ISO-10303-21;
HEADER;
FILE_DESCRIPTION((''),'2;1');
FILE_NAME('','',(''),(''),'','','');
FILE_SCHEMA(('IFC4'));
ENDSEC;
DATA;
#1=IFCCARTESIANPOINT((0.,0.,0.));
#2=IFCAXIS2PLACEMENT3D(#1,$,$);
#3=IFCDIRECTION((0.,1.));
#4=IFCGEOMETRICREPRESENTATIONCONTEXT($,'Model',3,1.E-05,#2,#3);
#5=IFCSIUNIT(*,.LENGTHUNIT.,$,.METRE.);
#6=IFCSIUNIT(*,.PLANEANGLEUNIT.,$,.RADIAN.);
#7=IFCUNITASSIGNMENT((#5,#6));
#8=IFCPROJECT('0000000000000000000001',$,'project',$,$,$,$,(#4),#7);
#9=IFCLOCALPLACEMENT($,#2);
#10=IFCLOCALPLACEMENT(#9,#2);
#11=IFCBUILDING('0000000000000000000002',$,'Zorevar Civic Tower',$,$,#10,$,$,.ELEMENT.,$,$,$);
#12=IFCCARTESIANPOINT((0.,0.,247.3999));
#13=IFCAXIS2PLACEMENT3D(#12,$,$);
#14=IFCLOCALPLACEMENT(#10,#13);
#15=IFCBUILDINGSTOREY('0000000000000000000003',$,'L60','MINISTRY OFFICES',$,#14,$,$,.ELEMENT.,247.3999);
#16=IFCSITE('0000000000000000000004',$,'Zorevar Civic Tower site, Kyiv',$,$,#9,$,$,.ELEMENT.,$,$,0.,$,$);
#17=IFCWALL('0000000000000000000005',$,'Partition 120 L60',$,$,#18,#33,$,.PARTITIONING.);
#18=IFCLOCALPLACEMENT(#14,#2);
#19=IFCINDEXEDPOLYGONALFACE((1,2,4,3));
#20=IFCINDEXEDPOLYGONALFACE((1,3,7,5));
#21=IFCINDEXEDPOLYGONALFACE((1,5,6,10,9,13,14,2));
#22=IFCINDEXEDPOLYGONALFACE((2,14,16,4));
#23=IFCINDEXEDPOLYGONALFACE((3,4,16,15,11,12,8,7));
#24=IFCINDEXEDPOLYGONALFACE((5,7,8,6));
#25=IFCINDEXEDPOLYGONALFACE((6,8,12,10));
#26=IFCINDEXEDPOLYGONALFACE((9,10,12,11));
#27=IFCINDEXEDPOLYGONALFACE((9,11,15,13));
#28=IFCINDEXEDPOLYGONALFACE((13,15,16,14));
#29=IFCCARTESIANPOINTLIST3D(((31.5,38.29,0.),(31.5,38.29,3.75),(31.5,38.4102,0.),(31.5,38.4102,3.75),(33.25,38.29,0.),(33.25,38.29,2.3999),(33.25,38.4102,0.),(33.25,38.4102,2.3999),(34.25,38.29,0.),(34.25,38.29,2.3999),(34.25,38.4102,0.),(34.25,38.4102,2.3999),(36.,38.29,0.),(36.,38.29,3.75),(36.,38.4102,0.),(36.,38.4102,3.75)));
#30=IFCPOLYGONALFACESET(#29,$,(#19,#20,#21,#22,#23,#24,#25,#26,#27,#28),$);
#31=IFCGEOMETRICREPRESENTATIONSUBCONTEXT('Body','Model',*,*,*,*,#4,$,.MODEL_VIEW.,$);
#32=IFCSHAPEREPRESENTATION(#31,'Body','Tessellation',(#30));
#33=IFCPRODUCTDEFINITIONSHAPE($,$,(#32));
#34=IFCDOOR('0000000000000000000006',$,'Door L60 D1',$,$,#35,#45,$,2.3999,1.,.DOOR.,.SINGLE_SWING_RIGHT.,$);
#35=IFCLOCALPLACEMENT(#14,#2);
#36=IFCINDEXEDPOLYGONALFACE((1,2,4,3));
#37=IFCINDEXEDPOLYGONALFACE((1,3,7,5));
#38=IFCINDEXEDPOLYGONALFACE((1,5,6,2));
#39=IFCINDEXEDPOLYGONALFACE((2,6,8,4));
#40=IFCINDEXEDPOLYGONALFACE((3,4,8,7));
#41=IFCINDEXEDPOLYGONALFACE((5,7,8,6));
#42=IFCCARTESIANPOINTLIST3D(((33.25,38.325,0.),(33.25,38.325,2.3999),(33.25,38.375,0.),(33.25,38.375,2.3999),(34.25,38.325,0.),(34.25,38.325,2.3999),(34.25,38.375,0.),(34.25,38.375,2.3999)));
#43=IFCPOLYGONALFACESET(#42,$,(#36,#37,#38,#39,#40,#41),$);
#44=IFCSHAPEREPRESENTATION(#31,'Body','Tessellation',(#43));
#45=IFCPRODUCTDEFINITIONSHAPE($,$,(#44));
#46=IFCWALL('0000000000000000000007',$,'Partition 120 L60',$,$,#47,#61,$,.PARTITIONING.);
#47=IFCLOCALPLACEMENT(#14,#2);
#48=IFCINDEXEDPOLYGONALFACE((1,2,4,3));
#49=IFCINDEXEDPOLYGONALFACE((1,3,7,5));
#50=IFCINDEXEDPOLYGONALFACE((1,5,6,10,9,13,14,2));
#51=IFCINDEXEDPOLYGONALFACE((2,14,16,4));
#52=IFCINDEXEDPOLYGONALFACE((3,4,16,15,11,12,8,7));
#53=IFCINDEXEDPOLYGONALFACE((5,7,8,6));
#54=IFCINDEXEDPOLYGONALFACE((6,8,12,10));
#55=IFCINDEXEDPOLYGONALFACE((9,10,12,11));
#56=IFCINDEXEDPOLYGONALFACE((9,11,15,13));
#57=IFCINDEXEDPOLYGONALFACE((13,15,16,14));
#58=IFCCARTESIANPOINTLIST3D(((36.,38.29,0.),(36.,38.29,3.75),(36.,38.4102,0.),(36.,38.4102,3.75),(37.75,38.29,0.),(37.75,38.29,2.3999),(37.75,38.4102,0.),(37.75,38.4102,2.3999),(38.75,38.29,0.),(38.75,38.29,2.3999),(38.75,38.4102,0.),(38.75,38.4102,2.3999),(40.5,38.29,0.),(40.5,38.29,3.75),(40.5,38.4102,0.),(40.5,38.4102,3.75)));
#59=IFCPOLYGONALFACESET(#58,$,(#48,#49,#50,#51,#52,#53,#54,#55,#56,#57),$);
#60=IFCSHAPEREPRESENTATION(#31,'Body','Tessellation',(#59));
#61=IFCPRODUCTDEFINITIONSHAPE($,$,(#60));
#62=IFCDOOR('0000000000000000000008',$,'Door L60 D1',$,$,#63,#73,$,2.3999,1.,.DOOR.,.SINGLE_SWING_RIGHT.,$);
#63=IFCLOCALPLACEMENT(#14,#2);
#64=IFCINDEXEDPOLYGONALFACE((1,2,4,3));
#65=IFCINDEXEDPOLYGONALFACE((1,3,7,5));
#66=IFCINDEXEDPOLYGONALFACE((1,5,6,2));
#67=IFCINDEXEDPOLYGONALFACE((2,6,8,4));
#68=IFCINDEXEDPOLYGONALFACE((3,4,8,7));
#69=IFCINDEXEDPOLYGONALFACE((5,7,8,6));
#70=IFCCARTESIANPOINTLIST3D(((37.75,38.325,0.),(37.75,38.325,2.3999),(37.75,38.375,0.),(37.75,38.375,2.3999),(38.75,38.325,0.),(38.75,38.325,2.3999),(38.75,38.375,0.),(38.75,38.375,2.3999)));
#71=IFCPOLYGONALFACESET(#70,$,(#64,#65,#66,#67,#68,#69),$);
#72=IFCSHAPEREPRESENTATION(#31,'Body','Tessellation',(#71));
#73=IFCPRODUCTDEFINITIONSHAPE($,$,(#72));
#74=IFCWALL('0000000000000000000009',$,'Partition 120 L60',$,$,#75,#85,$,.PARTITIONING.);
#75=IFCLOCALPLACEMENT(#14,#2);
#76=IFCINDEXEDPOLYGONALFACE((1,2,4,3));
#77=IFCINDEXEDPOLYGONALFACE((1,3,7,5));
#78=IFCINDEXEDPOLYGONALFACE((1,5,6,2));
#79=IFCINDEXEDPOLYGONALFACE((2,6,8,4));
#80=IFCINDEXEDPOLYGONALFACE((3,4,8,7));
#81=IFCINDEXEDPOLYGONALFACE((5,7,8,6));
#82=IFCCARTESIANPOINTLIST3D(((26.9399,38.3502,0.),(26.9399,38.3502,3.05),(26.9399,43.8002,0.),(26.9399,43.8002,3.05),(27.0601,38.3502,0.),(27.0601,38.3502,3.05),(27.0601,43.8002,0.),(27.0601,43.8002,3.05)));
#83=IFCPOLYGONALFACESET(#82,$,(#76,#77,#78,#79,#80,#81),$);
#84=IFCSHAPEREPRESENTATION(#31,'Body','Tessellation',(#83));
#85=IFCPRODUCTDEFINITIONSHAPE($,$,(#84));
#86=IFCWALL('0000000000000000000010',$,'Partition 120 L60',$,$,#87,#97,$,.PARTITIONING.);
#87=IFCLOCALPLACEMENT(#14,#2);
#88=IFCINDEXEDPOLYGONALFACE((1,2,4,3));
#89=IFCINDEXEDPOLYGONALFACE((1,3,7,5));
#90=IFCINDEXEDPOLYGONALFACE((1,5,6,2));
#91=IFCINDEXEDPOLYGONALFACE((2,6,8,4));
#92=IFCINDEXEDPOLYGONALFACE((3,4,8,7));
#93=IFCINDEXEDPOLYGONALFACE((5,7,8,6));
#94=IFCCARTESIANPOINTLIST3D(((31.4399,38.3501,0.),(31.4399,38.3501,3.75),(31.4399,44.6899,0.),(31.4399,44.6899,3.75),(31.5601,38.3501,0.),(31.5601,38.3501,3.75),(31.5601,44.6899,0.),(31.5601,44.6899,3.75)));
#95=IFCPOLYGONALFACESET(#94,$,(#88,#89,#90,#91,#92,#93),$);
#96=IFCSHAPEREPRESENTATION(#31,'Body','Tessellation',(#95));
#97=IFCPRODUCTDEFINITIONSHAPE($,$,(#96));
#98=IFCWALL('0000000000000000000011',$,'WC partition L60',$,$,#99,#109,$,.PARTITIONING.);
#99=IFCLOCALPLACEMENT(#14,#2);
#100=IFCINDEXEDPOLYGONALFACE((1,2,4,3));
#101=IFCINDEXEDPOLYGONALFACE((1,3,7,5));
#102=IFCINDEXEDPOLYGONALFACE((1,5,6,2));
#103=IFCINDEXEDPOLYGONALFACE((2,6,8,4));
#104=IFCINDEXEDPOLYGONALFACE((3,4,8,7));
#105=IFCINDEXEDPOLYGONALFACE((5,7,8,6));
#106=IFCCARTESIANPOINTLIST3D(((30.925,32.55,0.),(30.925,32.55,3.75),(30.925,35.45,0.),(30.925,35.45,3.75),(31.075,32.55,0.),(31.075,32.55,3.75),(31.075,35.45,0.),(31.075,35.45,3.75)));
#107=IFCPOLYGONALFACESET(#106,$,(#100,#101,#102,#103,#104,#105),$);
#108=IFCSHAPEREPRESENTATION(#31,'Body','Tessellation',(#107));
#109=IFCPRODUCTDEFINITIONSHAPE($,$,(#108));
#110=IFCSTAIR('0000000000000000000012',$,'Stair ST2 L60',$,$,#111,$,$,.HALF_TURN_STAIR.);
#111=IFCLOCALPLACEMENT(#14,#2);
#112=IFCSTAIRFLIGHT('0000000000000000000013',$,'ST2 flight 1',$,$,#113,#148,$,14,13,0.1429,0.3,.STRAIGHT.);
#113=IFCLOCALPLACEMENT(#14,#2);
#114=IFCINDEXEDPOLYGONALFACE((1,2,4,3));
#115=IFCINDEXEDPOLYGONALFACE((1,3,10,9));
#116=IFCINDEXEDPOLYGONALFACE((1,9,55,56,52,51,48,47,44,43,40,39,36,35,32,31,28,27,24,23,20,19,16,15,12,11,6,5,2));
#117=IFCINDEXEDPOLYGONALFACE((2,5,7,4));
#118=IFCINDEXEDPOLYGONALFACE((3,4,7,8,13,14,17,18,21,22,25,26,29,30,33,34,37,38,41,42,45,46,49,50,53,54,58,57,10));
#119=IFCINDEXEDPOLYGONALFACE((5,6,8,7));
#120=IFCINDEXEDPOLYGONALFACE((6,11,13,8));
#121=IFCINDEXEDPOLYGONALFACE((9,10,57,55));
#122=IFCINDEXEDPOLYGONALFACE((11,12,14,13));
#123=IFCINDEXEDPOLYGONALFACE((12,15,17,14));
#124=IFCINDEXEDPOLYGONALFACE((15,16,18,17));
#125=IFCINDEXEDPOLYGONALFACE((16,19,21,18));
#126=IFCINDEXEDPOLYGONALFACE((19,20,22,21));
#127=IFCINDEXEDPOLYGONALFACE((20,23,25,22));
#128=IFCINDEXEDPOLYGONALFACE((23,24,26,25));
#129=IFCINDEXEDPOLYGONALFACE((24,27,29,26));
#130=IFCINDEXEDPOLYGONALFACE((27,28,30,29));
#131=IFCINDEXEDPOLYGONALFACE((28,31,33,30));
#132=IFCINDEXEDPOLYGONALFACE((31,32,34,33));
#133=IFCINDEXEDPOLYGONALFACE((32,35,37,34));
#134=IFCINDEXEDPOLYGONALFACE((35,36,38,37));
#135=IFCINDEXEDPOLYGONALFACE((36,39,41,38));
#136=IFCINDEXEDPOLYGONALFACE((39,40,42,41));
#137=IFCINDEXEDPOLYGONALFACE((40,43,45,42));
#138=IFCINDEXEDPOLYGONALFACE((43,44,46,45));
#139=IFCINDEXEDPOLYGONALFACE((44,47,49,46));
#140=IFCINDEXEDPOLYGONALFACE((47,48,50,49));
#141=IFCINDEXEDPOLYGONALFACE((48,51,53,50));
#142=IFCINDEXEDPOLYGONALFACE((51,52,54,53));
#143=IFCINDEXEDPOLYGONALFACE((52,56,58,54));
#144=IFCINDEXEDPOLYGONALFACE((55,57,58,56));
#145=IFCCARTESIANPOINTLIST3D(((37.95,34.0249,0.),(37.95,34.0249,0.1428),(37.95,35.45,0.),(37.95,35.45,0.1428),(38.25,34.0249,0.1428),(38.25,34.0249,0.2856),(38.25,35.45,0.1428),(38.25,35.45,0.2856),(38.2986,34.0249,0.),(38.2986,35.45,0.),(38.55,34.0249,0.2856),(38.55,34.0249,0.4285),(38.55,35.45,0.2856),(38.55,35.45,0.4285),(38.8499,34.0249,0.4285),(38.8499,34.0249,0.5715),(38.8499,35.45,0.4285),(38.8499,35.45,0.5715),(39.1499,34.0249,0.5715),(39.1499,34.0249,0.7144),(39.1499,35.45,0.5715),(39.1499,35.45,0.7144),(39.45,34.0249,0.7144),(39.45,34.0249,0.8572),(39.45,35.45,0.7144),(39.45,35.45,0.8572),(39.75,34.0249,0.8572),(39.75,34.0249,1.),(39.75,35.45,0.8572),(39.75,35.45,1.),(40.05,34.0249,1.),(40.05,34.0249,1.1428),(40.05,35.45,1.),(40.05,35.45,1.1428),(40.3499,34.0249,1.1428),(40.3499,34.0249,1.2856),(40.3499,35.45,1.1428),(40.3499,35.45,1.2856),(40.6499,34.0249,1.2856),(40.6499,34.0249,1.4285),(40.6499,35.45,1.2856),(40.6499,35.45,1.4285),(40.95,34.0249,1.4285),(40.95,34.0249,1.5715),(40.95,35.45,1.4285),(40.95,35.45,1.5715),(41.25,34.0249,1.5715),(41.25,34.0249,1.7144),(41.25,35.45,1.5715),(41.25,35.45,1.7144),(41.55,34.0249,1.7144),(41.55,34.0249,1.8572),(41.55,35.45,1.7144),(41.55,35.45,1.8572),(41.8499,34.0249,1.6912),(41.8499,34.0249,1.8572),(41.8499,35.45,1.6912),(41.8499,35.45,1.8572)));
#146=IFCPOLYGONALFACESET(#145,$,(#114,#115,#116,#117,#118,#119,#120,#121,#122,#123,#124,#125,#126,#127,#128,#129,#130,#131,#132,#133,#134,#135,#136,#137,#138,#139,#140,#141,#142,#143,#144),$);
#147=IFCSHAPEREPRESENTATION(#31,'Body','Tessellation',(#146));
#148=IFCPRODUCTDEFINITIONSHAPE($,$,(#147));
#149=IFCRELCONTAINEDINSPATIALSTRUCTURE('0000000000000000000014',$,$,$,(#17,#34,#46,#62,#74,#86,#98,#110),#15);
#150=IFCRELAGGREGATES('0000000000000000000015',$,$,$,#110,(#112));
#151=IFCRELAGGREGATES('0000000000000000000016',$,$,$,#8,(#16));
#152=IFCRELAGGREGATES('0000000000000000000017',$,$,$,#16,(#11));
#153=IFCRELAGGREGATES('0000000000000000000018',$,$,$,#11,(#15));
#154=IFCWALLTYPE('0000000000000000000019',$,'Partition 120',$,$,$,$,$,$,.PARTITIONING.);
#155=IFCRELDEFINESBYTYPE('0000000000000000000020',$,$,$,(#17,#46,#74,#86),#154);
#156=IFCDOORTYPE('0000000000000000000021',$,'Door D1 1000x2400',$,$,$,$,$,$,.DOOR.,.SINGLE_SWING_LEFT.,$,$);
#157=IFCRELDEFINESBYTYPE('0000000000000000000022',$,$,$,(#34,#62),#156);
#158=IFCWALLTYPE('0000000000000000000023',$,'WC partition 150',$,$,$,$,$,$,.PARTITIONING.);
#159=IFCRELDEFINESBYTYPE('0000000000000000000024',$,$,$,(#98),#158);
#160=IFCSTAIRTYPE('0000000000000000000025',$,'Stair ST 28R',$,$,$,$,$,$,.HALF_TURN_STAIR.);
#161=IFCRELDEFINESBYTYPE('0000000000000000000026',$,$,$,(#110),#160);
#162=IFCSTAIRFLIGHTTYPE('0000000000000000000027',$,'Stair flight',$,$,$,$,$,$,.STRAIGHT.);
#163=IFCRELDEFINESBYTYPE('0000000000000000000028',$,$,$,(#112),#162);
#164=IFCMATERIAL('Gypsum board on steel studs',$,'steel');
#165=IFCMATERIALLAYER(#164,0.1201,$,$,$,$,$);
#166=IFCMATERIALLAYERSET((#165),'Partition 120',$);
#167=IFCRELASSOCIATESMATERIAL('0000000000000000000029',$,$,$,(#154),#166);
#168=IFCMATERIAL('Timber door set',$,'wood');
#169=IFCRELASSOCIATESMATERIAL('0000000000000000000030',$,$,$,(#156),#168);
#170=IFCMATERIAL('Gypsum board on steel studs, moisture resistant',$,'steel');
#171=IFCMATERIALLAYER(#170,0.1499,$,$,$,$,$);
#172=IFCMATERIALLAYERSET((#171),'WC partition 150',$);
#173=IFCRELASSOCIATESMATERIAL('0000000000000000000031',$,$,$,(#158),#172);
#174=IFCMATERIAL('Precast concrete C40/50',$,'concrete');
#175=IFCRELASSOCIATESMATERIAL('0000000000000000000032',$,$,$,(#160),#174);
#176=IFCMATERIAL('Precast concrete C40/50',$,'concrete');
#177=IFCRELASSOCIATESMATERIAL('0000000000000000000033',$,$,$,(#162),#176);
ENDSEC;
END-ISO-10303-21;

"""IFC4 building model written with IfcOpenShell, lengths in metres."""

from ifc_helpers import new_model, si_unit, direction, frame, frame_2d, origin, place, context, subcontext, project, spatial, polyline, rectangle, outline, extrude, material, layer, layer_set, type_object, element, fill, aggregate, save


model = new_model("IFC4")

# Units and contexts
model_context = context("Model", 3, precision=1e-05, world=origin(), true_north=direction((0.0, 1.0)))
body_context = subcontext(model_context, "Body", "Model", "MODEL_VIEW")
ifc_project = project(units=[si_unit("LENGTHUNIT", "METRE"), si_unit("PLANEANGLEUNIT", "RADIAN")], contexts=[model_context])

# Site, building, storey
site_placement = place(None, origin())
site = spatial("IfcSite", under=ifc_project, at=site_placement, Name="Zorevar Civic Tower site, Kyiv", CompositionType="ELEMENT", RefElevation=0.0)
building_placement = place(site_placement, origin())
building = spatial("IfcBuilding", under=site, at=building_placement, Name="Zorevar Civic Tower", CompositionType="ELEMENT")
storey_placement = place(building_placement, frame((0.0, 0.0, 247.3999)))
storey = spatial("IfcBuildingStorey", under=building, at=storey_placement, Name="L60", Description="MINISTRY OFFICES", CompositionType="ELEMENT", Elevation=247.3999)

# Walls, openings, doors
ifc_material_1 = material(Name="Gypsum board on steel studs", Category="steel")
ifc_layer_1 = layer(ifc_material_1, 0.1201)
ifc_layer_set_1 = layer_set([ifc_layer_1], Name="Partition 120")
wall_type_1 = type_object("IfcWallType", Name="Partition 120", PredefinedType="PARTITIONING", material=ifc_layer_set_1)
ifc_material_2 = material(Name="Timber door set", Category="wood")
door_type_1 = type_object("IfcDoorType", Name="Door D1 1000x2400", OperationType="SINGLE_SWING_LEFT", PredefinedType="DOOR", material=ifc_material_2)
wall_1_placement = place(storey_placement, frame((31.5, 38.3501, 0.0), z_axis=(0.0, 0.0, 1.0), x_axis=(1.0, 0.0, 0.0)))
wall_1 = element("IfcWall", 1, at=wall_1_placement, inside=storey, type_object=wall_type_1, Name="Partition 120 L60", PredefinedType="PARTITIONING", context=body_context, shape_type="SweptSolid", body=[
    extrude(rectangle(XDim=4.5, YDim=0.1201, at=frame_2d((2.25, 0.0))), origin(), (0.0, 0.0, 1.0), 3.75),
])
opening_1_placement = place(wall_1_placement, frame((1.75, 0.0, 0.0)))
opening_1 = element("IfcOpeningElement", 2, at=opening_1_placement, cuts=wall_1, PredefinedType="OPENING", context=body_context, shape_type="SweptSolid", body=[
    extrude(rectangle(XDim=1.0, YDim=2.3999, at=frame_2d((0.5, 1.2))), frame((0.0, 0.0701, 0.0), z_axis=(0.0, -1.0, 0.0), x_axis=(1.0, 0.0, 0.0)), (0.0, 0.0, 1.0), 0.1401),
])
door_1_placement = place(opening_1_placement, origin())
door_1 = element("IfcDoor", 3, at=door_1_placement, inside=storey, type_object=door_type_1, Name="Door L60 D1", OperationType="SINGLE_SWING_RIGHT", OverallHeight=2.3999, OverallWidth=1.0, PredefinedType="DOOR", context=body_context, shape_type="SweptSolid", body=[
    extrude(rectangle(XDim=1.0, YDim=2.3999, at=frame_2d((0.5, 1.2))), frame((0.0, 0.0249, 0.0), z_axis=(0.0, -1.0, 0.0), x_axis=(1.0, 0.0, 0.0)), (0.0, 0.0, 1.0), 0.05),
])
fill(opening_1, door_1)
wall_2_placement = place(storey_placement, frame((36.0, 38.3501, 0.0), z_axis=(0.0, 0.0, 1.0), x_axis=(1.0, 0.0, 0.0)))
wall_2 = element("IfcWall", 4, at=wall_2_placement, inside=storey, type_object=wall_type_1, Name="Partition 120 L60", PredefinedType="PARTITIONING", context=body_context, shape_type="SweptSolid", body=[
    extrude(rectangle(XDim=4.5, YDim=0.1201, at=frame_2d((2.25, 0.0))), origin(), (0.0, 0.0, 1.0), 3.75),
])
opening_2_placement = place(wall_2_placement, frame((1.75, 0.0, 0.0)))
opening_2 = element("IfcOpeningElement", 5, at=opening_2_placement, cuts=wall_2, PredefinedType="OPENING", context=body_context, shape_type="SweptSolid", body=[
    extrude(rectangle(XDim=1.0, YDim=2.3999, at=frame_2d((0.5, 1.2))), frame((0.0, 0.0701, 0.0), z_axis=(0.0, -1.0, 0.0), x_axis=(1.0, 0.0, 0.0)), (0.0, 0.0, 1.0), 0.1401),
])
door_2_placement = place(opening_2_placement, origin())
door_2 = element("IfcDoor", 6, at=door_2_placement, inside=storey, type_object=door_type_1, Name="Door L60 D1", OperationType="SINGLE_SWING_RIGHT", OverallHeight=2.3999, OverallWidth=1.0, PredefinedType="DOOR", context=body_context, shape_type="SweptSolid", body=[
    extrude(rectangle(XDim=1.0, YDim=2.3999, at=frame_2d((0.5, 1.2))), frame((0.0, 0.0249, 0.0), z_axis=(0.0, -1.0, 0.0), x_axis=(1.0, 0.0, 0.0)), (0.0, 0.0, 1.0), 0.05),
])
fill(opening_2, door_2)

# Walls
wall_3_placement = place(storey_placement, frame((27.0, 38.3501, 0.0), z_axis=(0.0, 0.0, 1.0), x_axis=(0.0, 1.0, 0.0)))
element("IfcWall", 7, at=wall_3_placement, inside=storey, type_object=wall_type_1, Name="Partition 120 L60", PredefinedType="PARTITIONING", context=body_context, shape_type="SweptSolid", body=[
    extrude(rectangle(XDim=5.45, YDim=0.1201, at=frame_2d((2.7251, 0.0))), origin(), (0.0, 0.0, 1.0), 3.05),
])
wall_4_placement = place(storey_placement, frame((31.5, 38.3501, 0.0), z_axis=(0.0, 0.0, 1.0), x_axis=(0.0, 1.0, 0.0)))
element("IfcWall", 8, at=wall_4_placement, inside=storey, type_object=wall_type_1, Name="Partition 120 L60", PredefinedType="PARTITIONING", context=body_context, shape_type="SweptSolid", body=[
    extrude(rectangle(XDim=6.3398, YDim=0.1201, at=frame_2d((3.1699, 0.0))), origin(), (0.0, 0.0, 1.0), 3.75),
])
ifc_material_3 = material(Name="Gypsum board on steel studs, moisture resistant", Category="steel")
ifc_layer_2 = layer(ifc_material_3, 0.1499)
ifc_layer_set_2 = layer_set([ifc_layer_2], Name="WC partition 150")
wall_type_2 = type_object("IfcWallType", Name="WC partition 150", PredefinedType="PARTITIONING", material=ifc_layer_set_2)
wall_5_placement = place(storey_placement, frame((31.0, 32.55, 0.0), z_axis=(0.0, 0.0, 1.0), x_axis=(0.0, 1.0, 0.0)))
element("IfcWall", 9, at=wall_5_placement, inside=storey, type_object=wall_type_2, Name="WC partition L60", PredefinedType="PARTITIONING", context=body_context, shape_type="SweptSolid", body=[
    extrude(rectangle(XDim=2.8999, YDim=0.1499, at=frame_2d((1.45, 0.0))), origin(), (0.0, 0.0, 1.0), 3.75),
])

# Stair, stair flight
ifc_material_4 = material(Name="Precast concrete C40/50", Category="concrete")
stair_type = type_object("IfcStairType", Name="Stair ST 28R", PredefinedType="HALF_TURN_STAIR", material=ifc_material_4)
stair_placement = place(storey_placement, origin())
stair = element("IfcStair", 10, at=stair_placement, inside=storey, type_object=stair_type, Name="Stair ST2 L60", PredefinedType="HALF_TURN_STAIR")
ifc_material_5 = material(Name="Precast concrete C40/50", Category="concrete")
stair_flight_type = type_object("IfcStairFlightType", Name="Stair flight", PredefinedType="STRAIGHT", material=ifc_material_5)
stair_flight_1_placement = place(storey_placement, frame((37.95, 34.7375, 0.0), z_axis=(0.0, 0.0, 1.0), x_axis=(1.0, 0.0, 0.0)))
stair_flight_1 = element("IfcStairFlight", 11, at=stair_flight_1_placement, type_object=stair_flight_type, Name="ST2 flight 1", NumberOfRisers=14, NumberOfTreads=13, PredefinedType="STRAIGHT", RiserHeight=0.1429, TreadLength=0.3, context=body_context, shape_type="SweptSolid", body=[
    extrude(outline(polyline([(0.0, 0.0), (0.0, 0.1428), (0.3, 0.1428), (0.3, 0.2856), (0.6001, 0.2856), (0.6001, 0.4285), (0.8999, 0.4285), (0.8999, 0.5715), (1.2, 0.5715), (1.2, 0.7144), (1.5, 0.7144), (1.5, 0.8572), (1.8, 0.8572), (1.8, 1.0), (2.1001, 1.0), (2.1001, 1.1428), (2.3999, 1.1428), (2.3999, 1.2856), (2.7, 1.2856), (2.7, 1.4285), (3.0, 1.4285), (3.0, 1.5715), (3.3, 1.5715), (3.3, 1.7144), (3.6001, 1.7144), (3.6001, 1.8572), (3.8999, 1.8572), (3.8999, 2.0), (3.8999, 1.6912), (0.3486, 0.0), (0.0, 0.0)])), frame((0.0, 0.7124, 0.0), z_axis=(0.0, -1.0, 0.0), x_axis=(1.0, 0.0, 0.0)), (0.0, 0.0, 1.0), 1.425),
])
aggregate(stair, [stair_flight_1])

save(model, "model.ifc")
